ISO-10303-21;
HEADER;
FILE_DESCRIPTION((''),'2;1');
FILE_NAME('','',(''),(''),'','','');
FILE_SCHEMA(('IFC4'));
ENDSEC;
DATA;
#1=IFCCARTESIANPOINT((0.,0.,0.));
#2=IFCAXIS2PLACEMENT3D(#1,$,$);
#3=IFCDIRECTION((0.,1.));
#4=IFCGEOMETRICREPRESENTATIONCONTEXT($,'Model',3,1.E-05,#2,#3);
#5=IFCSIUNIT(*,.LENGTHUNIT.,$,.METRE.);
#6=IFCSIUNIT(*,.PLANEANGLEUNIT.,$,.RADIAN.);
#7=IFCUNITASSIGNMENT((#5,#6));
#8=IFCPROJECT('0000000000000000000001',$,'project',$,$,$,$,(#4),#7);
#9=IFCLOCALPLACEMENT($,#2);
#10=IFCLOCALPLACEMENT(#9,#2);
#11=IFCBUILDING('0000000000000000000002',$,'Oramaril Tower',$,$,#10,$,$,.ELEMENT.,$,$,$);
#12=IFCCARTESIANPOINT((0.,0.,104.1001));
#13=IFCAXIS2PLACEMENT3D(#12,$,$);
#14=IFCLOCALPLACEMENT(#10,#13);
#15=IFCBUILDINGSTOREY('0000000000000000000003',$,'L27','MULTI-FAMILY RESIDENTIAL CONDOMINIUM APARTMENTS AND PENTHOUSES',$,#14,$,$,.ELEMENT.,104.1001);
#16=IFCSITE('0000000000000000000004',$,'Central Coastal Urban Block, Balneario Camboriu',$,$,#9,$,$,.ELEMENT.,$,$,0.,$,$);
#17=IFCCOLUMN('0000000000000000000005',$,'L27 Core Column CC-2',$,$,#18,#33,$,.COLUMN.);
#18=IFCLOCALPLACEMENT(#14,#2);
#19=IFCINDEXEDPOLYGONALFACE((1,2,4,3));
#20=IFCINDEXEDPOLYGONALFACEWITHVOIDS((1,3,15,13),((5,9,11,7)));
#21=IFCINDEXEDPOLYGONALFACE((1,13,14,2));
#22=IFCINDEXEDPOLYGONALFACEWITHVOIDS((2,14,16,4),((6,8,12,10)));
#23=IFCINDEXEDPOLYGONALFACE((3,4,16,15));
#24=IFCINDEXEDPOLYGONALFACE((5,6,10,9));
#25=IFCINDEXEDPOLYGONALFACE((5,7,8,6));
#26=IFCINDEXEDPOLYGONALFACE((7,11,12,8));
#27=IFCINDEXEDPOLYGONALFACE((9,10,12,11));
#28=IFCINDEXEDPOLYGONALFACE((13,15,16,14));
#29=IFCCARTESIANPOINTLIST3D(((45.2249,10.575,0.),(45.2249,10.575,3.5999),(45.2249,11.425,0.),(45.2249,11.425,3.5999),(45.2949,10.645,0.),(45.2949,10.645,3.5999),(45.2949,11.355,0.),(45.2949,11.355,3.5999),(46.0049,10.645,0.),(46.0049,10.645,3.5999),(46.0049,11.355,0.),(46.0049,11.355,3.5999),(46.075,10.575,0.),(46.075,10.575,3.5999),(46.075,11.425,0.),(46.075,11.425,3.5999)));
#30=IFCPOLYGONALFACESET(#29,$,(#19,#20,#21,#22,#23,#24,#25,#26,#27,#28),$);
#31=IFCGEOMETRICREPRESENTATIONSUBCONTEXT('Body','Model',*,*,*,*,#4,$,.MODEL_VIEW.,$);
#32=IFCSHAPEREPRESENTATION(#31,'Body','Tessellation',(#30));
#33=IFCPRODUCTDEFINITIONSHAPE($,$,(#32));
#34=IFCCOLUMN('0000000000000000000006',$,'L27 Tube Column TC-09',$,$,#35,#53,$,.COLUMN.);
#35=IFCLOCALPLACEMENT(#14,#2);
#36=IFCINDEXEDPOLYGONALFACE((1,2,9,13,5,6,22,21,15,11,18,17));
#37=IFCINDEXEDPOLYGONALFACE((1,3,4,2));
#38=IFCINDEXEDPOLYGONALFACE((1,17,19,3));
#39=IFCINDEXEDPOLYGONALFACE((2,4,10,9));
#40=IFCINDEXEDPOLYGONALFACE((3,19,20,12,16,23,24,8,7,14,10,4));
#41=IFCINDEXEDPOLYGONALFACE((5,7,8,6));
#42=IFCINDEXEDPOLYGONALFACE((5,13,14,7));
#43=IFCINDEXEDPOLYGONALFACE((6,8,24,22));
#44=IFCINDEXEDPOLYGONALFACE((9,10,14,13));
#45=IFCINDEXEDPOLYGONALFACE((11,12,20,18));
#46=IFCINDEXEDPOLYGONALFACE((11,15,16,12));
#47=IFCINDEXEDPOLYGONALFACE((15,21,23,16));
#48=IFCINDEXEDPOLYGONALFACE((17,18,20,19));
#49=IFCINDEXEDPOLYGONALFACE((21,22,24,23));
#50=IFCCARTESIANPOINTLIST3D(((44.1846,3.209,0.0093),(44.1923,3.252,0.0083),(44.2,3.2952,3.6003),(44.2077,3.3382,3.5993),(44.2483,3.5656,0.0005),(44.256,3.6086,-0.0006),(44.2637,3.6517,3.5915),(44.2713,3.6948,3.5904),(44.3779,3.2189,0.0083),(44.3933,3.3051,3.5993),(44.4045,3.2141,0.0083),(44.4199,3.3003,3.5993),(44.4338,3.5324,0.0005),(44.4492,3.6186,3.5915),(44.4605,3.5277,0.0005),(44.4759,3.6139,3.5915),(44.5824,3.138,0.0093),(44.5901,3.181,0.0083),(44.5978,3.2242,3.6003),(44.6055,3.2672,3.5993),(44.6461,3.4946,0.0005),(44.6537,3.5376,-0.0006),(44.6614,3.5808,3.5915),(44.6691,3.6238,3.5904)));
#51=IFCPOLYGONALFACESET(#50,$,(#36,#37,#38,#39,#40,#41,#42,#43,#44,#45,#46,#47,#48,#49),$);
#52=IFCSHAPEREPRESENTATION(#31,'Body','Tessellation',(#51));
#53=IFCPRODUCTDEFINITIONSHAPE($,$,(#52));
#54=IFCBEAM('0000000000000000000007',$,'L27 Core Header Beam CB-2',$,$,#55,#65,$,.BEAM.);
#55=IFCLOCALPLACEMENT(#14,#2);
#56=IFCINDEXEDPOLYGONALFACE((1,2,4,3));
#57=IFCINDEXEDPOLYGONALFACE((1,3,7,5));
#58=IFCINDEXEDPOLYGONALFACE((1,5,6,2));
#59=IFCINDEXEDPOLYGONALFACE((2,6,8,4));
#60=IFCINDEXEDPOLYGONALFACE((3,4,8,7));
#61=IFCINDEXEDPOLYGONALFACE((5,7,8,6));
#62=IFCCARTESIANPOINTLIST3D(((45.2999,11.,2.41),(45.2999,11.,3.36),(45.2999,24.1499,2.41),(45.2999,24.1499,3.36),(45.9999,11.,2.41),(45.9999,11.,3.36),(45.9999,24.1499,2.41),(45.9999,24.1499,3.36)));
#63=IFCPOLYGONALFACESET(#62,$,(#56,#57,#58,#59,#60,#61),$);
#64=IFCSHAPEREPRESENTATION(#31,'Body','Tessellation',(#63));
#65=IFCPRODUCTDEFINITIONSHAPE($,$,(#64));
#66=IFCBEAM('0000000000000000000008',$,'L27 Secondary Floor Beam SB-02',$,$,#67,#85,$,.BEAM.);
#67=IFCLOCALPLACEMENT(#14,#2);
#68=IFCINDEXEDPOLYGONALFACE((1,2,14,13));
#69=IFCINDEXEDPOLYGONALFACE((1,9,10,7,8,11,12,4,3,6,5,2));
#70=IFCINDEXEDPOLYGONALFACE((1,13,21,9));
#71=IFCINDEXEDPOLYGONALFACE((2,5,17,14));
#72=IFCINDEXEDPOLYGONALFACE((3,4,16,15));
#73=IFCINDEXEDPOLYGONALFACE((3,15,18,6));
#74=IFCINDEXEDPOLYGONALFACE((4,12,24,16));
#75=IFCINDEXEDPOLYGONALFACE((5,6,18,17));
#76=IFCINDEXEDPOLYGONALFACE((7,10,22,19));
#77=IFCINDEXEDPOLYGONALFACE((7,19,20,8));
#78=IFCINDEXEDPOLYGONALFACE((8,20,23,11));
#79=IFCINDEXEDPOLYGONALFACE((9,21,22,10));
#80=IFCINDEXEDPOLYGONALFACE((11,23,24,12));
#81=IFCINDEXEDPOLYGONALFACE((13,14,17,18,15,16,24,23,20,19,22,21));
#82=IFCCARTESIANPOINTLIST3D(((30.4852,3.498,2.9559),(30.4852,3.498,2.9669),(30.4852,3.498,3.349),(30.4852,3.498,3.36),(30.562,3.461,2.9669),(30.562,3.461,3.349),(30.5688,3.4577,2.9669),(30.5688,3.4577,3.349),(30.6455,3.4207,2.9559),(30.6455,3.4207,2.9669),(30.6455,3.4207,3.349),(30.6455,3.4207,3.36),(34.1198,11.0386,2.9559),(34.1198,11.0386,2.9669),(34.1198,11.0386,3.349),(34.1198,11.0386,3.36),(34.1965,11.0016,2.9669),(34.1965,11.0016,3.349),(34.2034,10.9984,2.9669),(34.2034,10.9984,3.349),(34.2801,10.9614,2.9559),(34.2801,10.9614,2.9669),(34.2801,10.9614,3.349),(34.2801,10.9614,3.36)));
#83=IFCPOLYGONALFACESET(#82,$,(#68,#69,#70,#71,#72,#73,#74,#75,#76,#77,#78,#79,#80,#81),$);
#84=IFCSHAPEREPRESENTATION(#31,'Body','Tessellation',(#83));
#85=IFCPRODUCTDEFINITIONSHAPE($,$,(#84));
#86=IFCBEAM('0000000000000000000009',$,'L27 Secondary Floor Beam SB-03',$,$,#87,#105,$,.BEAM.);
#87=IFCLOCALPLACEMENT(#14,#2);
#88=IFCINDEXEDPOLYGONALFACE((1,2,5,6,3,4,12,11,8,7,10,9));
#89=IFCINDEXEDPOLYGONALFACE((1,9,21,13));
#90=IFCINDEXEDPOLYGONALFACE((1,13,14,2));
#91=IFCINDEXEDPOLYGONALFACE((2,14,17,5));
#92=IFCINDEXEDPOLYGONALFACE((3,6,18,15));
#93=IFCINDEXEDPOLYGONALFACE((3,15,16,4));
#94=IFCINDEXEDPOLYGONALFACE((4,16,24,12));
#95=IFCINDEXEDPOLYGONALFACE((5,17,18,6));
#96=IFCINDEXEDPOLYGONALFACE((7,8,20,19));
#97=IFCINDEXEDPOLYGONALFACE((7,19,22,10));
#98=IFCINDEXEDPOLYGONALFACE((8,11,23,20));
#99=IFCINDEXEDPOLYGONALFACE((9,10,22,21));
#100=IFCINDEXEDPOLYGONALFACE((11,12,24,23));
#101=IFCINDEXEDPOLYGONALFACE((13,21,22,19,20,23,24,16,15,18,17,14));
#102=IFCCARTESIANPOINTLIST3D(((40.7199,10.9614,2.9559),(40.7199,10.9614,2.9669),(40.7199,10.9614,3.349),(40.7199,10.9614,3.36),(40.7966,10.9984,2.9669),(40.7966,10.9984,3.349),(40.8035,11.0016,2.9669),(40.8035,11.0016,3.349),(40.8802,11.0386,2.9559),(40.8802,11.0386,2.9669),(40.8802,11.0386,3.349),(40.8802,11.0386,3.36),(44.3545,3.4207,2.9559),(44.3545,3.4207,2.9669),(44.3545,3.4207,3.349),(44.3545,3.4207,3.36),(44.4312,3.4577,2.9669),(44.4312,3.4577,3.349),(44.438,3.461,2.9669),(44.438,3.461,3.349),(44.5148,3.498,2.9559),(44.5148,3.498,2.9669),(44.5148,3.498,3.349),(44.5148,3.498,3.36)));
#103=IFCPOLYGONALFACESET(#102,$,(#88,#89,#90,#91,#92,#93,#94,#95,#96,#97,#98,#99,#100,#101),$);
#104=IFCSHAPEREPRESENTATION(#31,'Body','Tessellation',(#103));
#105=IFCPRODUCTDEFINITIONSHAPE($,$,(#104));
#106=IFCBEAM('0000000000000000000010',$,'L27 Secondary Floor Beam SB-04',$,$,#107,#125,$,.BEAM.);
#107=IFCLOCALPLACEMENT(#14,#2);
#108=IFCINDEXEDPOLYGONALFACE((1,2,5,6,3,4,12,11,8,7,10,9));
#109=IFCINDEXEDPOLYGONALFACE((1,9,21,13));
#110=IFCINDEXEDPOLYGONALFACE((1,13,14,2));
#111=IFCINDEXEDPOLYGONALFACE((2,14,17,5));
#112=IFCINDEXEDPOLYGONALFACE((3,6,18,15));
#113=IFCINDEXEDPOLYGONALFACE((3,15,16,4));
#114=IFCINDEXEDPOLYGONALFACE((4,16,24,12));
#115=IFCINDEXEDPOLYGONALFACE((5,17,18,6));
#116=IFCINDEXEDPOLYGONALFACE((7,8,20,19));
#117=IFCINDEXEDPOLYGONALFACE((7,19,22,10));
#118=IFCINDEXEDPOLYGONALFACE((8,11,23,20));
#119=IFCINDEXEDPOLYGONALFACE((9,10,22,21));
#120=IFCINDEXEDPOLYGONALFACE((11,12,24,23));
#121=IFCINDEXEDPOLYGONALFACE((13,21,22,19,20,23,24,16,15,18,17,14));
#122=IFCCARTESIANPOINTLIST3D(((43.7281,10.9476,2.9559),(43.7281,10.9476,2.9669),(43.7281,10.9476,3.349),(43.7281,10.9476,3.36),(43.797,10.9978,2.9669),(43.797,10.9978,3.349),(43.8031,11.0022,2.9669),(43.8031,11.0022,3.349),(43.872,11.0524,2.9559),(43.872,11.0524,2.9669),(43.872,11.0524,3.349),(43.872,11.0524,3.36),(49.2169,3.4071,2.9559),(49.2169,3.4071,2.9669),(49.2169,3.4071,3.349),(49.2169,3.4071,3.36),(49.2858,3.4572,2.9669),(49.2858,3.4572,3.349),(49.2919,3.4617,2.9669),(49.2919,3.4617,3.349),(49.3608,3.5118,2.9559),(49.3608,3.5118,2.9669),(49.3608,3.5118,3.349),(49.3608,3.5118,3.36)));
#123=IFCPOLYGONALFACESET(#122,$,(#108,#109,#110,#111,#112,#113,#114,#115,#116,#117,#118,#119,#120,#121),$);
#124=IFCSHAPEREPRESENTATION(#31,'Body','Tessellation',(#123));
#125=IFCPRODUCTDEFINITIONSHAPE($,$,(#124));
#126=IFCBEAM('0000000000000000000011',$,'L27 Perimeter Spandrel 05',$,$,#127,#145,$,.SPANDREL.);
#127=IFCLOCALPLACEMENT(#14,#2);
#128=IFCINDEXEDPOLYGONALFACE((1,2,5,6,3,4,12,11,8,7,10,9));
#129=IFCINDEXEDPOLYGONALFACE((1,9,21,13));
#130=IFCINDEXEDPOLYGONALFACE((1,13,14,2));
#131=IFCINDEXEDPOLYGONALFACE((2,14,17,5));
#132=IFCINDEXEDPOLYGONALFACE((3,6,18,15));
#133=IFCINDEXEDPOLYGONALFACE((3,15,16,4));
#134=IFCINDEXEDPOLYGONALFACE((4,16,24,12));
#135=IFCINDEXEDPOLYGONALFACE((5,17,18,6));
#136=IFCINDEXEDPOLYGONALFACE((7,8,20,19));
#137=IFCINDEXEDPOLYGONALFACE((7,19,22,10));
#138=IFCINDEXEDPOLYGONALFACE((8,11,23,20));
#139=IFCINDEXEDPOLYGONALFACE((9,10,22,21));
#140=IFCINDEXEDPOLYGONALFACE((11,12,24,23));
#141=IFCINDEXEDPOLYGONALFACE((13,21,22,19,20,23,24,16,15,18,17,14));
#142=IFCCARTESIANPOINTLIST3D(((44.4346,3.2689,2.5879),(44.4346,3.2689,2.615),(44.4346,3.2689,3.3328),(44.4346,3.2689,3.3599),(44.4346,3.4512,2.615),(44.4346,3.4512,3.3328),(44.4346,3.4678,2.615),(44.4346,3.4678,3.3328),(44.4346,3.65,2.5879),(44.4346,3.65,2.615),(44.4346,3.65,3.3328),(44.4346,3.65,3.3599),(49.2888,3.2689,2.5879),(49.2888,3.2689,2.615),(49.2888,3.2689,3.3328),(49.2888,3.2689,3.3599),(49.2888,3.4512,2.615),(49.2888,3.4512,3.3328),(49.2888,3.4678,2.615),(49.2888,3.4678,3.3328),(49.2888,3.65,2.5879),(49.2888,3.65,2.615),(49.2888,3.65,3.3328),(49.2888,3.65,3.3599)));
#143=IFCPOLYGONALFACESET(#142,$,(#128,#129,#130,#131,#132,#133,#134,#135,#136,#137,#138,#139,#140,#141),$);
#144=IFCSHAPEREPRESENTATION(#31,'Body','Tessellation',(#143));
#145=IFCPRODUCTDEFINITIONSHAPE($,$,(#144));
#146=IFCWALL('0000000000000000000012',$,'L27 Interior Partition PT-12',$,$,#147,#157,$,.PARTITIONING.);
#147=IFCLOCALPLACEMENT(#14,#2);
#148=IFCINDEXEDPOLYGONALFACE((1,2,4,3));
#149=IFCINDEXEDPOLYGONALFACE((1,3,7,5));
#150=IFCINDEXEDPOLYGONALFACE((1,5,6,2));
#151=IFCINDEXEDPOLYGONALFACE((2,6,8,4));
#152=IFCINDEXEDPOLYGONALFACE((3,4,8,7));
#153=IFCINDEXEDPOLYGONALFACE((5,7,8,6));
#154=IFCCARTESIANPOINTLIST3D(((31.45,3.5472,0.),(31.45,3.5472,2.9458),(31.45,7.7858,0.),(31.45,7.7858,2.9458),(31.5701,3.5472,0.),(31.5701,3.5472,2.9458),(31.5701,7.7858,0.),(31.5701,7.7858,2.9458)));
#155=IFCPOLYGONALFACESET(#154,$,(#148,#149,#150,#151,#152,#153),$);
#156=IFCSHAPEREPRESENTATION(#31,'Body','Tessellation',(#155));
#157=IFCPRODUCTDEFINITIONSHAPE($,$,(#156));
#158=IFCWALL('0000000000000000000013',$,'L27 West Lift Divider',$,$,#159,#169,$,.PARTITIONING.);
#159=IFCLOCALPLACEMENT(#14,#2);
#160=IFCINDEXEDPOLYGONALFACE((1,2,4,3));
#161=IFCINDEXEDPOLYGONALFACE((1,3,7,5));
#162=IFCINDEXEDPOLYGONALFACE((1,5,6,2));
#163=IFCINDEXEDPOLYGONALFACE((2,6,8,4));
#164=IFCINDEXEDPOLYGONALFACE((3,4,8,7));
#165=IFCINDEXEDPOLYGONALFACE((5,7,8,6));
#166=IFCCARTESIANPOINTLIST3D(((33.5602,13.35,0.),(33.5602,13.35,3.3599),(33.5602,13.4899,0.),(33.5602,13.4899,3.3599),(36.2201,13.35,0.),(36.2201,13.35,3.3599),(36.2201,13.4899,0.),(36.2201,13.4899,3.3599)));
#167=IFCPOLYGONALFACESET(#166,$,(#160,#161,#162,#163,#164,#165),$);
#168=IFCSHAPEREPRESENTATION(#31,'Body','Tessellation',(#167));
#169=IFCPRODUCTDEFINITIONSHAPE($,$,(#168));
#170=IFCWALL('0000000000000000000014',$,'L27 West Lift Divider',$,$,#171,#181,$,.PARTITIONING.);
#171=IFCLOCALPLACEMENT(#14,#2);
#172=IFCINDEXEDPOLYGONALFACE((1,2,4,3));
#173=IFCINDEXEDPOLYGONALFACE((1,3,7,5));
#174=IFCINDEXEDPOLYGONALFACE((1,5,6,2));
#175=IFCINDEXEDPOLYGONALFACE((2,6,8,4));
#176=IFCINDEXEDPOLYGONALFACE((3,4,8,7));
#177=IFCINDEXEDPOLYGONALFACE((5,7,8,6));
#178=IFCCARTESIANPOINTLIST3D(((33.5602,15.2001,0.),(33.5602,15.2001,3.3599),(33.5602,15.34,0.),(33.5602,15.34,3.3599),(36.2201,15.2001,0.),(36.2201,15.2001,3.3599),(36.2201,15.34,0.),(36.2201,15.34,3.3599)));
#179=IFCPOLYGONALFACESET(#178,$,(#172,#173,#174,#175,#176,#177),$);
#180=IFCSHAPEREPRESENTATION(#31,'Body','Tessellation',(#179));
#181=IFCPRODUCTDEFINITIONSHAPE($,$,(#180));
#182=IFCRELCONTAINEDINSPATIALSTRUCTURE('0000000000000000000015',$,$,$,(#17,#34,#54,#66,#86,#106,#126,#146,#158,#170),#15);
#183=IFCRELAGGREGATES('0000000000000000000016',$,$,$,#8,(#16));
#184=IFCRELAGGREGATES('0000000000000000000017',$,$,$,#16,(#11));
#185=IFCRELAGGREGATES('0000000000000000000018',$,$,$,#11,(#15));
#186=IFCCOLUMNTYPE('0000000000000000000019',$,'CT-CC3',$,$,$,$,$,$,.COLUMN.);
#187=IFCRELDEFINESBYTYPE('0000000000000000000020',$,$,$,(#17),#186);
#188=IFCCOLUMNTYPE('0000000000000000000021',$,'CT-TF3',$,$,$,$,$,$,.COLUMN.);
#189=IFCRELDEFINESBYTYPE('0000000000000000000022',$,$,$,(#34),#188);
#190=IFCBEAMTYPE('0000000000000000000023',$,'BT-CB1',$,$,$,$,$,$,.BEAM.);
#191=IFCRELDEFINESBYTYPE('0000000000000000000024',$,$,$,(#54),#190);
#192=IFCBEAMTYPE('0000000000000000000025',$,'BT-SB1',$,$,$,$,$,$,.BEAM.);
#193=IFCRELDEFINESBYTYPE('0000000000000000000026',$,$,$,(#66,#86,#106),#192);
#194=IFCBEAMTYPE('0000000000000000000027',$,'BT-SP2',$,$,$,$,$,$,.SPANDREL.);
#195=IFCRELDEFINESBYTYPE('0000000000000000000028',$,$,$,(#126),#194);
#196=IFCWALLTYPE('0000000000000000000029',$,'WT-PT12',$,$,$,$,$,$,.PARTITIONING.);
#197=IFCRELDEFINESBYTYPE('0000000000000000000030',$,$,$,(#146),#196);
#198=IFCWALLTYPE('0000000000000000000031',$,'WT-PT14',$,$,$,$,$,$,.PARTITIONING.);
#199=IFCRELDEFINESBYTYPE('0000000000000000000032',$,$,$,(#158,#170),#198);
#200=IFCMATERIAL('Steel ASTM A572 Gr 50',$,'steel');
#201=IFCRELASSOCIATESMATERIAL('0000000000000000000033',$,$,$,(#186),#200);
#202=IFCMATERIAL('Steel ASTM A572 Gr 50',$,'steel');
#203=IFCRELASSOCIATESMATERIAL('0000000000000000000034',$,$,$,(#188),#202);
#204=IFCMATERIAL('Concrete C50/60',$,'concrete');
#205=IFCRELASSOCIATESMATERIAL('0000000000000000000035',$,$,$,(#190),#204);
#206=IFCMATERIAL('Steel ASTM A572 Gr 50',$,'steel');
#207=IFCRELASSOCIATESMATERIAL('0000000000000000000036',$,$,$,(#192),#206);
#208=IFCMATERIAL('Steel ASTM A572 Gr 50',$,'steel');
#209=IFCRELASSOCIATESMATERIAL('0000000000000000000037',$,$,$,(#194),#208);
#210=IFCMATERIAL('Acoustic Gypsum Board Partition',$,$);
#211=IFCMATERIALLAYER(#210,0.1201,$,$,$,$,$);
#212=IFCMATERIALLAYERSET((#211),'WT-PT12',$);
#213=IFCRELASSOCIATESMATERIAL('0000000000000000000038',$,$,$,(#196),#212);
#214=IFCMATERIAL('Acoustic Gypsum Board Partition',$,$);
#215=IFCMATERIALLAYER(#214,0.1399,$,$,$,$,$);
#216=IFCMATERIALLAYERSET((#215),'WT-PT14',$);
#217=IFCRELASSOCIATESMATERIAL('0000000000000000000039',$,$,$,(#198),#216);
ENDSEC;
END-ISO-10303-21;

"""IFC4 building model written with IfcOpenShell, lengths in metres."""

from ifc_helpers import new_model, si_unit, direction, frame, frame_2d, origin, origin_2d, place, context, subcontext, project, spatial, rectangle, hollow_rectangle, i_section, extrude, material, layer, layer_set, material_profile, profile_set, type_object, element, save


model = new_model("IFC4")

# Units and contexts
model_context = context("Model", 3, precision=1e-05, world=origin(), true_north=direction((0.0, 1.0)))
body_context = subcontext(model_context, "Body", "Model", "MODEL_VIEW")
ifc_project = project(units=[si_unit("LENGTHUNIT", "METRE"), si_unit("PLANEANGLEUNIT", "RADIAN")], contexts=[model_context])

# Site, building, storey
site_placement = place(None, origin())
site = spatial("IfcSite", under=ifc_project, at=site_placement, Name="Central Coastal Urban Block, Balneario Camboriu", CompositionType="ELEMENT", RefElevation=0.0)
building_placement = place(site_placement, origin())
building = spatial("IfcBuilding", under=site, at=building_placement, Name="Oramaril Tower", CompositionType="ELEMENT")
storey_placement = place(building_placement, frame((0.0, 0.0, 104.1001)))
storey = spatial("IfcBuildingStorey", under=building, at=storey_placement, Name="L27", Description="MULTI-FAMILY RESIDENTIAL CONDOMINIUM APARTMENTS AND PENTHOUSES", CompositionType="ELEMENT", Elevation=104.1001)

# Columns
ifc_material_1 = material(Name="Steel ASTM A572 Gr 50", Category="steel")
ifc_material_profile_1 = material_profile(ifc_material_1, hollow_rectangle(XDim=0.8501, YDim=0.8501, WallThickness=0.0701, at=origin_2d()), Name="BOX850X850X70")
ifc_profile_set_1 = profile_set([ifc_material_profile_1], Name="Steel ASTM A572 Gr 50")
column_type_1 = type_object("IfcColumnType", Name="CT-CC3", PredefinedType="COLUMN", material=ifc_profile_set_1)
column_1_placement = place(storey_placement, frame((45.6499, 11.0, 0.0), z_axis=(0.0, 0.0, 1.0), x_axis=(1.0, 0.0, 0.0)))
element("IfcColumn", 1, at=column_1_placement, inside=storey, type_object=column_type_1, Name="L27 Core Column CC-2", PredefinedType="COLUMN", context=body_context, shape_type="SweptSolid", body=[
    extrude(hollow_rectangle(XDim=0.8501, YDim=0.8501, WallThickness=0.0701, at=origin_2d()), origin(), (0.0, 0.0, 1.0), 3.5999),
])
ifc_material_2 = material(Name="Steel ASTM A572 Gr 50", Category="steel")
ifc_material_profile_2 = material_profile(ifc_material_2, i_section(OverallWidth=0.4041, OverallDepth=0.406, WebThickness=0.0271, FlangeThickness=0.0437, at=origin_2d()), Name="W14X233")
ifc_profile_set_2 = profile_set([ifc_material_profile_2], Name="Steel ASTM A572 Gr 50")
column_type_2 = type_object("IfcColumnType", Name="CT-TF3", PredefinedType="COLUMN", material=ifc_profile_set_2)
column_2_placement = place(storey_placement, frame((44.4192, 3.3733, 0.0044), z_axis=(0.004282, 0.023992, 0.999703), x_axis=(-0.984445, 0.175694, 0.0)))
element("IfcColumn", 2, at=column_2_placement, inside=storey, type_object=column_type_2, Name="L27 Tube Column TC-09", PredefinedType="COLUMN", context=body_context, shape_type="SweptSolid", body=[
    extrude(i_section(OverallWidth=0.4041, OverallDepth=0.406, WebThickness=0.0271, FlangeThickness=0.0437, at=origin_2d()), origin(), (0.0, 0.0, 1.0), 3.592),
])

# Beams
ifc_material_3 = material(Name="Concrete C50/60", Category="concrete")
ifc_material_profile_3 = material_profile(ifc_material_3, rectangle(XDim=0.7, YDim=0.95, at=origin_2d()), Name="CB700X950")
ifc_profile_set_3 = profile_set([ifc_material_profile_3], Name="Concrete C50/60")
beam_type_1 = type_object("IfcBeamType", Name="BT-CB1", PredefinedType="BEAM", material=ifc_profile_set_3)
beam_1_placement = place(storey_placement, frame((45.6499, 11.0, 2.885), z_axis=(0.0, 1.0, 0.0), x_axis=(-1.0, 0.0, 0.0)))
element("IfcBeam", 3, at=beam_1_placement, inside=storey, type_object=beam_type_1, Name="L27 Core Header Beam CB-2", PredefinedType="BEAM", context=body_context, shape_type="SweptSolid", body=[
    extrude(rectangle(XDim=0.7, YDim=0.95, at=origin_2d()), origin(), (0.0, 0.0, 1.0), 13.1499),
])
ifc_material_4 = material(Name="Steel ASTM A572 Gr 50", Category="steel")
ifc_material_profile_4 = material_profile(ifc_material_4, i_section(OverallWidth=0.178, OverallDepth=0.4041, WebThickness=0.0076, FlangeThickness=0.011, at=origin_2d()), Name="W16X36")
ifc_profile_set_4 = profile_set([ifc_material_profile_4], Name="Steel ASTM A572 Gr 50")
beam_type_2 = type_object("IfcBeamType", Name="BT-SB1", PredefinedType="BEAM", material=ifc_profile_set_4)
for number, where, z_axis, x_axis, name in (
    (4, (34.2, 11.0, 3.158), (-0.434194, -0.90082, 0.0), (0.90082, -0.434194, 0.0), "L27 Secondary Floor Beam SB-02"),
    (5, (40.8, 11.0, 3.158), (0.434194, -0.90082, 0.0), (0.90082, 0.434194, 0.0), "L27 Secondary Floor Beam SB-03"),
):
    element("IfcBeam", number, at=place(storey_placement, frame(where, z_axis=z_axis, x_axis=x_axis)), inside=storey, type_object=beam_type_2, Name=name, PredefinedType="BEAM", context=body_context, shape_type="SweptSolid", body=[
        extrude(i_section(OverallWidth=0.178, OverallDepth=0.4041, WebThickness=0.0076, FlangeThickness=0.011, at=origin_2d()), origin(), (0.0, 0.0, 1.0), 8.3708),
    ])
beam_2_placement = place(storey_placement, frame((43.8, 11.0, 3.158), z_axis=(0.588505, -0.808494, 0.0), x_axis=(0.808494, 0.588505, 0.0)))
element("IfcBeam", 6, at=beam_2_placement, inside=storey, type_object=beam_type_2, Name="L27 Secondary Floor Beam SB-04", PredefinedType="BEAM", context=body_context, shape_type="SweptSolid", body=[
    extrude(i_section(OverallWidth=0.178, OverallDepth=0.4041, WebThickness=0.0076, FlangeThickness=0.011, at=origin_2d()), origin(), (0.0, 0.0, 1.0), 9.3267),
])
ifc_material_5 = material(Name="Steel ASTM A572 Gr 50", Category="steel")
ifc_material_profile_5 = material_profile(ifc_material_5, i_section(OverallWidth=0.3811, OverallDepth=0.772, WebThickness=0.0166, FlangeThickness=0.0271, at=origin_2d()), Name="W30X173")
ifc_profile_set_5 = profile_set([ifc_material_profile_5], Name="Steel ASTM A572 Gr 50")
beam_type_3 = type_object("IfcBeamType", Name="BT-SP2", PredefinedType="SPANDREL", material=ifc_profile_set_5)
beam_3_placement = place(storey_placement, frame((44.4346, 3.4595, 2.9739), z_axis=(1.0, 0.0, 0.0), x_axis=(0.0, 1.0, 0.0)))
element("IfcBeam", 7, at=beam_3_placement, inside=storey, type_object=beam_type_3, Name="L27 Perimeter Spandrel 05", PredefinedType="SPANDREL", context=body_context, shape_type="SweptSolid", body=[
    extrude(i_section(OverallWidth=0.3811, OverallDepth=0.772, WebThickness=0.0166, FlangeThickness=0.0271, at=origin_2d()), origin(), (0.0, 0.0, 1.0), 4.8542),
])

# Walls
ifc_material_6 = material(Name="Acoustic Gypsum Board Partition")
ifc_layer_1 = layer(ifc_material_6, 0.1201)
ifc_layer_set_1 = layer_set([ifc_layer_1], Name="WT-PT12")
wall_type_1 = type_object("IfcWallType", Name="WT-PT12", PredefinedType="PARTITIONING", material=ifc_layer_set_1)
wall_1_placement = place(storey_placement, frame((31.51, 3.5474, 0.0), z_axis=(0.0, 0.0, 1.0), x_axis=(0.0, 1.0, 0.0)))
element("IfcWall", 8, at=wall_1_placement, inside=storey, type_object=wall_type_1, Name="L27 Interior Partition PT-12", PredefinedType="PARTITIONING", context=body_context, shape_type="SweptSolid", body=[
    extrude(rectangle(XDim=4.2385, YDim=0.1201, at=frame_2d((2.1191, 0.0))), origin(), (0.0, 0.0, 1.0), 2.9458),
])
ifc_material_7 = material(Name="Acoustic Gypsum Board Partition")
ifc_layer_2 = layer(ifc_material_7, 0.1399)
ifc_layer_set_2 = layer_set([ifc_layer_2], Name="WT-PT14")
wall_type_2 = type_object("IfcWallType", Name="WT-PT14", PredefinedType="PARTITIONING", material=ifc_layer_set_2)
for number, where, z_axis, x_axis, name in (
    (9, (33.5601, 13.4199, 0.0), (0.0, 0.0, 1.0), (1.0, 0.0, 0.0), "L27 West Lift Divider"),
    (10, (33.5601, 15.27, 0.0), (0.0, 0.0, 1.0), (1.0, 0.0, 0.0), "L27 West Lift Divider"),
):
    element("IfcWall", number, at=place(storey_placement, frame(where, z_axis=z_axis, x_axis=x_axis)), inside=storey, type_object=wall_type_2, Name=name, PredefinedType="PARTITIONING", context=body_context, shape_type="SweptSolid", body=[
        extrude(rectangle(XDim=2.6599, YDim=0.1399, at=frame_2d((1.3301, 0.0))), origin(), (0.0, 0.0, 1.0), 3.3599),
    ])

save(model, "model.ifc")
